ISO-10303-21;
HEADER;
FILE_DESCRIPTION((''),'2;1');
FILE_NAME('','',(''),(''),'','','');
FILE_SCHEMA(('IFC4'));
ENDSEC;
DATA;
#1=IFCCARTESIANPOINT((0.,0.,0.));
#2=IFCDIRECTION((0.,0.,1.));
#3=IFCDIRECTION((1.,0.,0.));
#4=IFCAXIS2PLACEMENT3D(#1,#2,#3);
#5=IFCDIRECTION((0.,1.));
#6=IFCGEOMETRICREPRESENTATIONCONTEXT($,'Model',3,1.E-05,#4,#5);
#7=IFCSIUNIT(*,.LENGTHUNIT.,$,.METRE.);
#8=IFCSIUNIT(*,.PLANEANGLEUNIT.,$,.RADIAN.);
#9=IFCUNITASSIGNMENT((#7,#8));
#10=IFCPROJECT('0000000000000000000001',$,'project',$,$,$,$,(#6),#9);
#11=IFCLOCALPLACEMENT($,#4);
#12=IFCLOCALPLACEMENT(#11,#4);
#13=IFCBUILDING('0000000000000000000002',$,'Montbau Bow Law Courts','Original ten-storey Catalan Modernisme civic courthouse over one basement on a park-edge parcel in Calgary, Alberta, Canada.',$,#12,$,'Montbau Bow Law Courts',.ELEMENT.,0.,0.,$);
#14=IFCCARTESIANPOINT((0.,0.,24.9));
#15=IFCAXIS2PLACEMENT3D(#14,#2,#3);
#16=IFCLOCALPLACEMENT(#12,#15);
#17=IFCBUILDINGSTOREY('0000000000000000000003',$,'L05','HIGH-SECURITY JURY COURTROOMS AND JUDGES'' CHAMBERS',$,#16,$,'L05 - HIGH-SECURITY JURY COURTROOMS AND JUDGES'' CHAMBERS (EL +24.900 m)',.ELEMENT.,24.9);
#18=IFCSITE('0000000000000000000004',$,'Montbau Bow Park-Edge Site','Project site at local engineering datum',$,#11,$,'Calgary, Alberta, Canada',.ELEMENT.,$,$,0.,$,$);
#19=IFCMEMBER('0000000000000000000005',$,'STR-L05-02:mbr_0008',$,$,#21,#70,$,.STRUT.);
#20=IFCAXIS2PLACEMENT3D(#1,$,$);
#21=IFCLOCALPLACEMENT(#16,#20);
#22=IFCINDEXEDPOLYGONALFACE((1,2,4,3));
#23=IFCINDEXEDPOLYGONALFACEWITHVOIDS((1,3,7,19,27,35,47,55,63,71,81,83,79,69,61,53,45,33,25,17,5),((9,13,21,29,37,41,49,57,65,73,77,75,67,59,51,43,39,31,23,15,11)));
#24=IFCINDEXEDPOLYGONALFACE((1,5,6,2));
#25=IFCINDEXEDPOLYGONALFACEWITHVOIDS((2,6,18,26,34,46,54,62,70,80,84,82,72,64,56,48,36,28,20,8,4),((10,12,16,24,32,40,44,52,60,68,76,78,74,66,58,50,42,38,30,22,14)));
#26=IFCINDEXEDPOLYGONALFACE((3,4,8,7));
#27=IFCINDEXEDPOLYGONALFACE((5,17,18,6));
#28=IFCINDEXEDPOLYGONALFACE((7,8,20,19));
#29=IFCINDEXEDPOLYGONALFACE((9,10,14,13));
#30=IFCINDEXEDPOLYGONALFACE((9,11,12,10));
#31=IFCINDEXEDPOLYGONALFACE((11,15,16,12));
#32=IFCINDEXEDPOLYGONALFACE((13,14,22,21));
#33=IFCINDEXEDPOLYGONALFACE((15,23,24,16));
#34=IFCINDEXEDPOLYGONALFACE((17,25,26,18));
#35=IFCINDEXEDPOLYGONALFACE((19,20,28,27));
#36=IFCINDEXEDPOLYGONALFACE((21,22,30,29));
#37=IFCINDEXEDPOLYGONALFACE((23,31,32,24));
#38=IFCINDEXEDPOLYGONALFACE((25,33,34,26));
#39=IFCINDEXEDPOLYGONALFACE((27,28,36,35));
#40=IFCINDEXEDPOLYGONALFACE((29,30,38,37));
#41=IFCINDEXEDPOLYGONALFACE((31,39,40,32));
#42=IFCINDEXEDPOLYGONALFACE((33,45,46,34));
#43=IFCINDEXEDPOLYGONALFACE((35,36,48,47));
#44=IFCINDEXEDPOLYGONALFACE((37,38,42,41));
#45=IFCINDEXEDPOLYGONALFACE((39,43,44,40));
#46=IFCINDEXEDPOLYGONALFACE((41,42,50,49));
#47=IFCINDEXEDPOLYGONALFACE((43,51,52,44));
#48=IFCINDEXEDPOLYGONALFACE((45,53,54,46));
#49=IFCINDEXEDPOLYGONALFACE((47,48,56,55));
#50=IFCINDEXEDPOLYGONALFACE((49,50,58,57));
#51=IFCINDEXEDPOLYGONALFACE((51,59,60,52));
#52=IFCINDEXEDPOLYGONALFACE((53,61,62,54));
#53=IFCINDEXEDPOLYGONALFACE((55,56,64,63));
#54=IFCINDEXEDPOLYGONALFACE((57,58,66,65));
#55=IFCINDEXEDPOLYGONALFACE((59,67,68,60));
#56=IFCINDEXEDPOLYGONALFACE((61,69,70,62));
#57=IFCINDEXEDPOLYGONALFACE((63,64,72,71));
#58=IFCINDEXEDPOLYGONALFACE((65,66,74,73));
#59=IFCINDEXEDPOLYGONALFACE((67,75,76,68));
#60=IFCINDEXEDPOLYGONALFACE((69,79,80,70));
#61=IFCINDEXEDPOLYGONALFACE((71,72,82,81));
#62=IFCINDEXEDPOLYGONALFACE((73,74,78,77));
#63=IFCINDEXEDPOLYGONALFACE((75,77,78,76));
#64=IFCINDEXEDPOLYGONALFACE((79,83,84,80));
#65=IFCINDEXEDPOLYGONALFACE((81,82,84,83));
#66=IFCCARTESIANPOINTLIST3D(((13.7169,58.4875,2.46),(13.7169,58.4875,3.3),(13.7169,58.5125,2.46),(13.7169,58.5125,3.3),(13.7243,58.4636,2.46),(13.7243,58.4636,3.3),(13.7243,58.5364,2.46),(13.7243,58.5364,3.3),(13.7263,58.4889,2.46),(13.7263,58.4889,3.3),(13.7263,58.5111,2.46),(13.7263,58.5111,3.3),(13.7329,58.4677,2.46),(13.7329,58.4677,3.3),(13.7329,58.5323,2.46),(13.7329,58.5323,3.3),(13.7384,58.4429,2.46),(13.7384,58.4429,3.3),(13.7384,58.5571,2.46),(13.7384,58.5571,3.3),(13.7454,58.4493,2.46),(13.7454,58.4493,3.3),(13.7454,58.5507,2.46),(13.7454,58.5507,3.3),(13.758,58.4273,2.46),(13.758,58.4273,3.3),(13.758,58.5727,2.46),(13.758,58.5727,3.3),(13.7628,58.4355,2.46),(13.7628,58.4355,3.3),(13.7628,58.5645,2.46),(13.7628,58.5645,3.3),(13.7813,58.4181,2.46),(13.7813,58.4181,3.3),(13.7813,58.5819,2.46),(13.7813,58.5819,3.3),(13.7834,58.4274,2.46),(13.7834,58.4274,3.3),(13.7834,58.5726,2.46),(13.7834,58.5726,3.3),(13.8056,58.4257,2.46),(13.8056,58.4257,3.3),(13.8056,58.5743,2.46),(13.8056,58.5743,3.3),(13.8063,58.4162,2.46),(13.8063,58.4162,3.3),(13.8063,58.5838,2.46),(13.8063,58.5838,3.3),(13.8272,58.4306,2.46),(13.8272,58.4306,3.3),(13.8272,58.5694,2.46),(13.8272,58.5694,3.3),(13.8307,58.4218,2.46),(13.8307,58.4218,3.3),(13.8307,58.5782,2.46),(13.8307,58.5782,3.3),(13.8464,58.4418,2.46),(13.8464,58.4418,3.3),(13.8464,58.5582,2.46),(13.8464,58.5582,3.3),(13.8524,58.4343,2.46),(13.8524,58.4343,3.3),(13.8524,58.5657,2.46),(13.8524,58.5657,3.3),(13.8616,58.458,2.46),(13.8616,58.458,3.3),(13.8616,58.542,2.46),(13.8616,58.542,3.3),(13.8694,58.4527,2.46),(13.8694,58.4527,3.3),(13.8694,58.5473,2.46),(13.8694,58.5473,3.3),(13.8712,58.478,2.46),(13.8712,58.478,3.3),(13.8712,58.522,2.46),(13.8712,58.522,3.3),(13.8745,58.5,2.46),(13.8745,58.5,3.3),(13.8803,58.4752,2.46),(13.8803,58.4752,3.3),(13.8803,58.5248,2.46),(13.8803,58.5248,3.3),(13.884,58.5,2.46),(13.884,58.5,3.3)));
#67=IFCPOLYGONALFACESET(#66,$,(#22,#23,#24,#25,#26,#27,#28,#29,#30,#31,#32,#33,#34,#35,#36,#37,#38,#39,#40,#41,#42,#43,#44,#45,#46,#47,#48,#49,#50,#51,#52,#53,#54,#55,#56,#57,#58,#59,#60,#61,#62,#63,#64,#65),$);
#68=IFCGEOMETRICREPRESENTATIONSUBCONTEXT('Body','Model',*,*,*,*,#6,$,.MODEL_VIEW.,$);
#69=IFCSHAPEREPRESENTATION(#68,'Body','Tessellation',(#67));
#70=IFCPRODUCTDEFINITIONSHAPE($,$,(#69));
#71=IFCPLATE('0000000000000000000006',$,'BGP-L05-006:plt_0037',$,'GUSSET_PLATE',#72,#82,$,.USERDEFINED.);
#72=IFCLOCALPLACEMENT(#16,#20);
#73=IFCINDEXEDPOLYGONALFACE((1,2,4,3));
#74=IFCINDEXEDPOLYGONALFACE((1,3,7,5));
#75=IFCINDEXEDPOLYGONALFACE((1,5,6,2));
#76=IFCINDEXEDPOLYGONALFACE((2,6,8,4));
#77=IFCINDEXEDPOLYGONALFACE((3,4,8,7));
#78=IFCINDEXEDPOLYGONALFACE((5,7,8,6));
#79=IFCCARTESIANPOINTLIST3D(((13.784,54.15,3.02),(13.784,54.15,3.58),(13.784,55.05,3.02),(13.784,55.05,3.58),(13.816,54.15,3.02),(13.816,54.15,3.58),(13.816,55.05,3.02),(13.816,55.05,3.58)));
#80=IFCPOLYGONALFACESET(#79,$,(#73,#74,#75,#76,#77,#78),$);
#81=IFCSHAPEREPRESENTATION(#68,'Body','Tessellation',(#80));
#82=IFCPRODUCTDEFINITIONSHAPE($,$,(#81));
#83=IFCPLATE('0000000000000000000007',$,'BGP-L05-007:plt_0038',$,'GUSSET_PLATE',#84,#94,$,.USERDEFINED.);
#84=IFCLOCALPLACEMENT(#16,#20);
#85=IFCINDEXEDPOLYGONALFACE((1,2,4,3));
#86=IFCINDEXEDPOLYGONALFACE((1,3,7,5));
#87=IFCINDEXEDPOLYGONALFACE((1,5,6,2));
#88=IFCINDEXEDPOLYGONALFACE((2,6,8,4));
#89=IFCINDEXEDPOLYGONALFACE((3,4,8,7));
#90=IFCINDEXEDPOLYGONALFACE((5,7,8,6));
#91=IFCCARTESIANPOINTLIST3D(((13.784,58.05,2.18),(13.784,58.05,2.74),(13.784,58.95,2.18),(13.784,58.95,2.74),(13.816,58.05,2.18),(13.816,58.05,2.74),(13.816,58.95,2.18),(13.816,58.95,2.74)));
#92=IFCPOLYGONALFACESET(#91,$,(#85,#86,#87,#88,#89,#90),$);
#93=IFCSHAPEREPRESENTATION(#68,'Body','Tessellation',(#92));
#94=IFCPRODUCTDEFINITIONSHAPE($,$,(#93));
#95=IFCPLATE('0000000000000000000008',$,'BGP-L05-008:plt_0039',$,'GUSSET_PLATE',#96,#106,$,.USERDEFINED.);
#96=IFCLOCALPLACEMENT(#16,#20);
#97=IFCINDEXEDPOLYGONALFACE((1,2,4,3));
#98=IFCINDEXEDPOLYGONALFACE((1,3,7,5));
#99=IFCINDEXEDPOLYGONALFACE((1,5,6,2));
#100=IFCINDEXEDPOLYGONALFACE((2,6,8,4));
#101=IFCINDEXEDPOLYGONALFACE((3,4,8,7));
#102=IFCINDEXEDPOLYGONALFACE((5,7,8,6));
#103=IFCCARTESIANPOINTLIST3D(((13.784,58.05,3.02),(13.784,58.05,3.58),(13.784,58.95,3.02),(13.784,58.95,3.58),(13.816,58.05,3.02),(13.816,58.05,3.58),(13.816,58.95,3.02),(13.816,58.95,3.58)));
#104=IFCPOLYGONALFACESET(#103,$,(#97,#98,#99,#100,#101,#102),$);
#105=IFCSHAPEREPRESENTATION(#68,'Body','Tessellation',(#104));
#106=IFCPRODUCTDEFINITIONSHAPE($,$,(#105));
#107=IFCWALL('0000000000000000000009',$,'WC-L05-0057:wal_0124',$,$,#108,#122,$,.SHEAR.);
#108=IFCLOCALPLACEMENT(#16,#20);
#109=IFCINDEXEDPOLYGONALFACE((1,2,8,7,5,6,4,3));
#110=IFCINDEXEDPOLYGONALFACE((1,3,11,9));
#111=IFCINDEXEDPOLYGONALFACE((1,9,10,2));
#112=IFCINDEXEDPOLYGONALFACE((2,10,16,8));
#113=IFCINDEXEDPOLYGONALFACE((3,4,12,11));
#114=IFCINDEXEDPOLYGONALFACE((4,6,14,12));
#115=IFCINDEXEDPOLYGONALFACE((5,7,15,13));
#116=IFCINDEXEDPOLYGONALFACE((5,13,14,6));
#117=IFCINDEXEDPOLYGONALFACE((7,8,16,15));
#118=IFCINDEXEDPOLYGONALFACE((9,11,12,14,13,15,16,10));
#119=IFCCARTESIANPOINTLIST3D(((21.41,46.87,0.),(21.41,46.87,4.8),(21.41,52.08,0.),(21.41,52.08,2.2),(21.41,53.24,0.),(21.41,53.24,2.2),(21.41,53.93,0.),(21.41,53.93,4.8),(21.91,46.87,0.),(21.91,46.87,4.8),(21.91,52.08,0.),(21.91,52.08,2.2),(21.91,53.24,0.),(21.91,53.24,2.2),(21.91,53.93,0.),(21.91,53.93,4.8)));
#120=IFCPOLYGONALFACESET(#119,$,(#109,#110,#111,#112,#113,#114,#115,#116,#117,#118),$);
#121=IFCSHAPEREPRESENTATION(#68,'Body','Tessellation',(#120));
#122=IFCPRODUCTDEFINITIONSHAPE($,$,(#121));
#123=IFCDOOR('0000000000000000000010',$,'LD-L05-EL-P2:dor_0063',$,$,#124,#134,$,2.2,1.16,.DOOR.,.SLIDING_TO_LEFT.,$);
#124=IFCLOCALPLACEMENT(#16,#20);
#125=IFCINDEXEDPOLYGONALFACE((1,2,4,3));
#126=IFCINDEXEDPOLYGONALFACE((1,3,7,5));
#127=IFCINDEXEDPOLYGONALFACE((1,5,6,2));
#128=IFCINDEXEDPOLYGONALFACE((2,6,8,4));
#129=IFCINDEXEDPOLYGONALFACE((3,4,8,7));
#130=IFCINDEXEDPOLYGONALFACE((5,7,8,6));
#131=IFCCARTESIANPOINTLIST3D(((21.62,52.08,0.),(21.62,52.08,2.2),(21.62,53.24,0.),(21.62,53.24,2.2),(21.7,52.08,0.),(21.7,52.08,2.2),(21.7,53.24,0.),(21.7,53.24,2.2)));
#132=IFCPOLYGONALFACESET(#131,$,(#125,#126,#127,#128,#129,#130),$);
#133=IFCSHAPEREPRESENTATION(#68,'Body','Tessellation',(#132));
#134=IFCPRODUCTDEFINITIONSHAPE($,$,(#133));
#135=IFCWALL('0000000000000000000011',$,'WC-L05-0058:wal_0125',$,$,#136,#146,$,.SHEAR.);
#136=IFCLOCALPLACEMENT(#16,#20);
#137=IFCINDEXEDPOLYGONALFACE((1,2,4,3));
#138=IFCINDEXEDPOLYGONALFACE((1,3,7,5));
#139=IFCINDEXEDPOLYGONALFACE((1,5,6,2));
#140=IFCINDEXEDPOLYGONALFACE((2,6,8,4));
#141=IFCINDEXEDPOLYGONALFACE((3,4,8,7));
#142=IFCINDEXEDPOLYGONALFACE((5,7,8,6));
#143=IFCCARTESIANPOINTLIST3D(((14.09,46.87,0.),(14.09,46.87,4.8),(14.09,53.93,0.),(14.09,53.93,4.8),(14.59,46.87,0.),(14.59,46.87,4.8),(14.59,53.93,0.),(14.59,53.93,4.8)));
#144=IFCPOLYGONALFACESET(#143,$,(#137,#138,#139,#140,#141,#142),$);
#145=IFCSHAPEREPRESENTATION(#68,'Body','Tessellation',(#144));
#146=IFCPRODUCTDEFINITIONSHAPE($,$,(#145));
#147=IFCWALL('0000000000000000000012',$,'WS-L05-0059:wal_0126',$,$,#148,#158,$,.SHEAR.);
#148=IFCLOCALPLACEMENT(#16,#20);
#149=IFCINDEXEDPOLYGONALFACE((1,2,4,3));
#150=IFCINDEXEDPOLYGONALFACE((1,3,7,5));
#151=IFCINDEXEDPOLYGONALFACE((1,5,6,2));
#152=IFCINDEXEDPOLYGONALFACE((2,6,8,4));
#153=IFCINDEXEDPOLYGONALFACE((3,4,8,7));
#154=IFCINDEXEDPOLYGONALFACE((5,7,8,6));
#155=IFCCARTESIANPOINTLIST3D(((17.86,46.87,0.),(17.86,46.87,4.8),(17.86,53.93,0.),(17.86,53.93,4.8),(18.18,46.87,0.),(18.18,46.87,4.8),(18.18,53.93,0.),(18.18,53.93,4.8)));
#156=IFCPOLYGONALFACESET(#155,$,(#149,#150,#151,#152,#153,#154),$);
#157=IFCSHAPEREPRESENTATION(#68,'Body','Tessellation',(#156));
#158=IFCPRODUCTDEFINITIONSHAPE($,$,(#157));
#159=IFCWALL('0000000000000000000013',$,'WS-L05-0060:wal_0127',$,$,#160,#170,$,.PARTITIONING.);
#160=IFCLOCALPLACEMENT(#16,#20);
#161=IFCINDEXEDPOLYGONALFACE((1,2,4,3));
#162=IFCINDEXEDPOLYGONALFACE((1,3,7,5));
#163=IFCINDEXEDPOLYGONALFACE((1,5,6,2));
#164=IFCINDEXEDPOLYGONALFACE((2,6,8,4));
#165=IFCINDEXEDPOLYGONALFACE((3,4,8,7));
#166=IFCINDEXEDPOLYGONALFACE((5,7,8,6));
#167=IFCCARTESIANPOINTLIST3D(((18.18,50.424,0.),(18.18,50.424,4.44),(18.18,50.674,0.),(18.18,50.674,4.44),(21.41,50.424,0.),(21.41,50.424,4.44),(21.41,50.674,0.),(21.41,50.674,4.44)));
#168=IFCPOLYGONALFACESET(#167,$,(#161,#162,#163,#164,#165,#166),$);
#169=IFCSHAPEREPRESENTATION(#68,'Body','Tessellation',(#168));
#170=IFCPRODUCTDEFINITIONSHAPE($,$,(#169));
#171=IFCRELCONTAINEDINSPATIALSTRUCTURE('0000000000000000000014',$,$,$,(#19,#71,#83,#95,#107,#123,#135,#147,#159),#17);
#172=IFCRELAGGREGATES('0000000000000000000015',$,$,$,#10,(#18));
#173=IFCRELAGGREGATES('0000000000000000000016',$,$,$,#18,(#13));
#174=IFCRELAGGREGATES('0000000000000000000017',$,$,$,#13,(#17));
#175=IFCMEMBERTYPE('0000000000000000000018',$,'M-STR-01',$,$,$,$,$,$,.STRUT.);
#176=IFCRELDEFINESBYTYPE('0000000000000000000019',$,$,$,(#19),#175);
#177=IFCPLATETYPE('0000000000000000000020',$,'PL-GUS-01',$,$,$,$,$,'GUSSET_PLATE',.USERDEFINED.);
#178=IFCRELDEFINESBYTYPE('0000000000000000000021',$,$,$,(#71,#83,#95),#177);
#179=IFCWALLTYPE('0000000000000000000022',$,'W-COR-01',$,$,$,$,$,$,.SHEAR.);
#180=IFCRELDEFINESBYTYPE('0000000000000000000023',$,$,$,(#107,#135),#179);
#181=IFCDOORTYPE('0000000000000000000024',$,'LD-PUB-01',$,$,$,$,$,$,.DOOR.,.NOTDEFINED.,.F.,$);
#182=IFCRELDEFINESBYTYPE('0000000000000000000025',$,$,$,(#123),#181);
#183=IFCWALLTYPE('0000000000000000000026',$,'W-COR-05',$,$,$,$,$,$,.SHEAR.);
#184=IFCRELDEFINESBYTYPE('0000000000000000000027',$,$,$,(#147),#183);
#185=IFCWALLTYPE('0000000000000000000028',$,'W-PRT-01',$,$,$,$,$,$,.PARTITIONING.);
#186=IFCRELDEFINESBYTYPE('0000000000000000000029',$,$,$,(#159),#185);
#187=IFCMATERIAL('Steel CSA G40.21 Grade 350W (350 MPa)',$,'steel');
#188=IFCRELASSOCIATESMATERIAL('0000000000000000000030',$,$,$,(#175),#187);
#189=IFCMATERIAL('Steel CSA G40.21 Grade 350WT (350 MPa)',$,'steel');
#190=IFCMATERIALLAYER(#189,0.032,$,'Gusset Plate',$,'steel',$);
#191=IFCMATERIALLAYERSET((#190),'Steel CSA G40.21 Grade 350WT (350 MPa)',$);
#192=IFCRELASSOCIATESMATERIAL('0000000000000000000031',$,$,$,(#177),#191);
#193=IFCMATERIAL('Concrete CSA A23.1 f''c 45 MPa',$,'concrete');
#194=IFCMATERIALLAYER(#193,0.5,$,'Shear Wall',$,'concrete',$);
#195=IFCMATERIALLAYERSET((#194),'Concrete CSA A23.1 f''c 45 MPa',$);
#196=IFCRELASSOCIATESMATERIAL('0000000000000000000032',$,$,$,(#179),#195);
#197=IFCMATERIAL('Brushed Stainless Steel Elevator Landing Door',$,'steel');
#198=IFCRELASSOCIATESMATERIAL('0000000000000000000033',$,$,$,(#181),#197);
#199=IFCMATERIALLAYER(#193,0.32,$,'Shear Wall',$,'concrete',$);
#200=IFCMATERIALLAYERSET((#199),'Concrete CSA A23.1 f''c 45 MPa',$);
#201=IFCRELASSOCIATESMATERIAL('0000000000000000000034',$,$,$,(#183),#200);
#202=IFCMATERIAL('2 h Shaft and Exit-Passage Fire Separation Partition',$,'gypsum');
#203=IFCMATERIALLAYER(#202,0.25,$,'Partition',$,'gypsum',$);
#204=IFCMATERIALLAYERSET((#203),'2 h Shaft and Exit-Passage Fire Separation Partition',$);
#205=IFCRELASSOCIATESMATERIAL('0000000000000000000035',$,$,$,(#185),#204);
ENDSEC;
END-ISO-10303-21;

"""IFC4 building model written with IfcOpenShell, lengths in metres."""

from ifc_helpers import new_model, si_unit, direction, frame, frame_2d, origin_with_axes, origin_2d_with_axis, place, context, subcontext, project, spatial, rectangle, hollow_circle, extrude, material, layer, layer_set, material_profile, profile_set, type_object, element, fill, save


model = new_model("IFC4")

# Units and contexts
model_context = context("Model", 3, precision=1e-05, world=origin_with_axes(), true_north=direction((0.0, 1.0)))
body_context = subcontext(model_context, "Body", "Model", "MODEL_VIEW")
ifc_project = project(units=[si_unit("LENGTHUNIT", "METRE"), si_unit("PLANEANGLEUNIT", "RADIAN")], contexts=[model_context])

# Site, building, storey
site_placement = place(None, origin_with_axes())
site = spatial("IfcSite", under=ifc_project, at=site_placement, Name="Montbau Bow Park-Edge Site", Description="Project site at local engineering datum", LongName="Calgary, Alberta, Canada", CompositionType="ELEMENT", RefElevation=0.0)
building_placement = place(site_placement, origin_with_axes())
building = spatial("IfcBuilding", under=site, at=building_placement, Name="Montbau Bow Law Courts", Description="Original ten-storey Catalan Modernisme civic courthouse over one basement on a park-edge parcel in Calgary, Alberta, Canada.", LongName="Montbau Bow Law Courts", CompositionType="ELEMENT", ElevationOfRefHeight=0.0, ElevationOfTerrain=0.0)
storey_placement = place(building_placement, frame((0.0, 0.0, 24.9), z_axis=(0.0, 0.0, 1.0), x_axis=(1.0, 0.0, 0.0)))
storey = spatial("IfcBuildingStorey", under=building, at=storey_placement, Name="L05", Description="HIGH-SECURITY JURY COURTROOMS AND JUDGES' CHAMBERS", LongName="L05 - HIGH-SECURITY JURY COURTROOMS AND JUDGES' CHAMBERS (EL +24.900 m)", CompositionType="ELEMENT", Elevation=24.9)

# Shared definitions
ifc_material_1 = material(Name="Steel CSA G40.21 Grade 350W (350 MPa)", Category="steel")

# Shared definitions
ifc_material_2 = material(Name="Steel CSA G40.21 Grade 350WT (350 MPa)", Category="steel")

# Member
ifc_material_profile_1 = material_profile(ifc_material_1, hollow_circle(Radius=0.084, WallThickness=0.0095, at=origin_2d_with_axis()), Name="HSS168X9.5", Category="Main", Priority=0)
ifc_profile_set_1 = profile_set([ifc_material_profile_1], Name="Steel CSA G40.21 Grade 350W (350 MPa)")
member_type_1 = type_object("IfcMemberType", Name="M-STR-01", PredefinedType="STRUT", material=ifc_profile_set_1)
member_1_placement = place(None, frame((13.8, 58.5, 27.36), z_axis=(0.0, 0.0, 1.0), x_axis=(1.0, 0.0, 0.0)))
element("IfcMember", 1, at=member_1_placement, inside=storey, type_object=member_type_1, Name="STR-L05-02:mbr_0008", PredefinedType="STRUT", context=body_context, shape_type="SweptSolid", body=[
    extrude(hollow_circle(Radius=0.084, WallThickness=0.0095, at=origin_2d_with_axis()), origin_with_axes(), (0.0, 0.0, 1.0), 0.84),
])

# Plates
ifc_layer_1 = layer(ifc_material_2, 0.032, Name="Gusset Plate", Category="steel")
ifc_layer_set_1 = layer_set([ifc_layer_1], Name="Steel CSA G40.21 Grade 350WT (350 MPa)")
plate_type = type_object("IfcPlateType", Name="PL-GUS-01", ElementType="GUSSET_PLATE", PredefinedType="USERDEFINED", material=ifc_layer_set_1)
for number, where, z_axis, x_axis, name in (
    (2, (13.8, 54.6, 27.92), (0.0, 0.0, 1.0), (0.0, 1.0, 0.0), "BGP-L05-006:plt_0037"),
    (3, (13.8, 58.5, 27.08), (0.0, 0.0, 1.0), (0.0, 1.0, 0.0), "BGP-L05-007:plt_0038"),
    (4, (13.8, 58.5, 27.92), (0.0, 0.0, 1.0), (0.0, 1.0, 0.0), "BGP-L05-008:plt_0039"),
):
    element("IfcPlate", number, at=place(None, frame(where, z_axis=z_axis, x_axis=x_axis)), inside=storey, type_object=plate_type, Name=name, ObjectType="GUSSET_PLATE", PredefinedType="USERDEFINED", context=body_context, shape_type="SweptSolid", body=[
        extrude(rectangle(XDim=0.9, YDim=0.032, at=origin_2d_with_axis()), origin_with_axes(), (0.0, 0.0, 1.0), 0.56),
    ])

# Wall, opening, door
ifc_material_3 = material(Name="Concrete CSA A23.1 f'c 45 MPa", Category="concrete")
ifc_layer_2 = layer(ifc_material_3, 0.5, Name="Shear Wall", Category="concrete")
ifc_layer_set_2 = layer_set([ifc_layer_2], Name="Concrete CSA A23.1 f'c 45 MPa")
wall_type_1 = type_object("IfcWallType", Name="W-COR-01", PredefinedType="SHEAR", material=ifc_layer_set_2)
wall_1_placement = place(None, frame((21.66, 46.87, 24.9), z_axis=(0.0, 0.0, 1.0), x_axis=(0.0, 1.0, 0.0)))
wall_1 = element("IfcWall", 5, at=wall_1_placement, inside=storey, type_object=wall_type_1, Name="WC-L05-0057:wal_0124", PredefinedType="SHEAR", context=body_context, shape_type="SweptSolid", body=[
    extrude(rectangle(XDim=7.06, YDim=0.5, at=frame_2d((3.53, 0.0), x_axis=(1.0, 0.0))), origin_with_axes(), (0.0, 0.0, 1.0), 4.8),
])
opening_placement = place(None, frame((21.66, 52.66, 24.9), z_axis=(0.0, 0.0, 1.0), x_axis=(0.0, 1.0, 0.0)))
opening = element("IfcOpeningElement", 6, at=opening_placement, cuts=wall_1, PredefinedType="OPENING", context=body_context, shape_type="SweptSolid", body=[
    extrude(rectangle(XDim=1.16, YDim=2.2, at=frame_2d((0.0, 1.1), x_axis=(1.0, 0.0))), frame((0.0, 0.26, 0.0), z_axis=(0.0, -1.0, 0.0), x_axis=(1.0, 0.0, 0.0)), (0.0, 0.0, 1.0), 0.52),
])
ifc_material_4 = material(Name="Brushed Stainless Steel Elevator Landing Door", Category="steel")
door_type = type_object("IfcDoorType", Name="LD-PUB-01", OperationType="NOTDEFINED", ParameterTakesPrecedence=False, PredefinedType="DOOR", material=ifc_material_4)
door_placement = place(None, frame((21.66, 52.66, 24.9), z_axis=(0.0, 0.0, 1.0), x_axis=(0.0, 1.0, 0.0)))
door = element("IfcDoor", 7, at=door_placement, inside=storey, type_object=door_type, Name="LD-L05-EL-P2:dor_0063", OperationType="SLIDING_TO_LEFT", OverallHeight=2.2, OverallWidth=1.16, PredefinedType="DOOR", context=body_context, shape_type="SweptSolid", body=[
    extrude(rectangle(XDim=1.16, YDim=2.2, at=frame_2d((0.0, 1.1), x_axis=(1.0, 0.0))), frame((0.0, 0.04, 0.0), z_axis=(0.0, -1.0, 0.0), x_axis=(1.0, 0.0, 0.0)), (0.0, 0.0, 1.0), 0.08),
])
fill(opening, door)

# Walls
wall_2_placement = place(None, frame((14.34, 53.93, 24.9), z_axis=(0.0, 0.0, 1.0), x_axis=(0.0, -1.0, 0.0)))
element("IfcWall", 8, at=wall_2_placement, inside=storey, type_object=wall_type_1, Name="WC-L05-0058:wal_0125", PredefinedType="SHEAR", context=body_context, shape_type="SweptSolid", body=[
    extrude(rectangle(XDim=7.06, YDim=0.5, at=frame_2d((3.53, 0.0), x_axis=(1.0, 0.0))), origin_with_axes(), (0.0, 0.0, 1.0), 4.8),
])
ifc_layer_3 = layer(ifc_material_3, 0.32, Name="Shear Wall", Category="concrete")
ifc_layer_set_3 = layer_set([ifc_layer_3], Name="Concrete CSA A23.1 f'c 45 MPa")
wall_type_2 = type_object("IfcWallType", Name="W-COR-05", PredefinedType="SHEAR", material=ifc_layer_set_3)
wall_3_placement = place(None, frame((18.02, 46.87, 24.9), z_axis=(0.0, 0.0, 1.0), x_axis=(0.0, 1.0, 0.0)))
element("IfcWall", 9, at=wall_3_placement, inside=storey, type_object=wall_type_2, Name="WS-L05-0059:wal_0126", PredefinedType="SHEAR", context=body_context, shape_type="SweptSolid", body=[
    extrude(rectangle(XDim=7.06, YDim=0.32, at=frame_2d((3.53, 0.0), x_axis=(1.0, 0.0))), origin_with_axes(), (0.0, 0.0, 1.0), 4.8),
])
ifc_material_5 = material(Name="2 h Shaft and Exit-Passage Fire Separation Partition", Category="gypsum")
ifc_layer_4 = layer(ifc_material_5, 0.25, Name="Partition", Category="gypsum")
ifc_layer_set_4 = layer_set([ifc_layer_4], Name="2 h Shaft and Exit-Passage Fire Separation Partition")
wall_type_3 = type_object("IfcWallType", Name="W-PRT-01", PredefinedType="PARTITIONING", material=ifc_layer_set_4)
wall_4_placement = place(None, frame((18.18, 50.549, 24.9), z_axis=(0.0, 0.0, 1.0), x_axis=(1.0, 0.0, 0.0)))
element("IfcWall", 10, at=wall_4_placement, inside=storey, type_object=wall_type_3, Name="WS-L05-0060:wal_0127", PredefinedType="PARTITIONING", context=body_context, shape_type="SweptSolid", body=[
    extrude(rectangle(XDim=3.23, YDim=0.25, at=frame_2d((1.615, 0.0), x_axis=(1.0, 0.0))), origin_with_axes(), (0.0, 0.0, 1.0), 4.44),
])

save(model, "model.ifc")
